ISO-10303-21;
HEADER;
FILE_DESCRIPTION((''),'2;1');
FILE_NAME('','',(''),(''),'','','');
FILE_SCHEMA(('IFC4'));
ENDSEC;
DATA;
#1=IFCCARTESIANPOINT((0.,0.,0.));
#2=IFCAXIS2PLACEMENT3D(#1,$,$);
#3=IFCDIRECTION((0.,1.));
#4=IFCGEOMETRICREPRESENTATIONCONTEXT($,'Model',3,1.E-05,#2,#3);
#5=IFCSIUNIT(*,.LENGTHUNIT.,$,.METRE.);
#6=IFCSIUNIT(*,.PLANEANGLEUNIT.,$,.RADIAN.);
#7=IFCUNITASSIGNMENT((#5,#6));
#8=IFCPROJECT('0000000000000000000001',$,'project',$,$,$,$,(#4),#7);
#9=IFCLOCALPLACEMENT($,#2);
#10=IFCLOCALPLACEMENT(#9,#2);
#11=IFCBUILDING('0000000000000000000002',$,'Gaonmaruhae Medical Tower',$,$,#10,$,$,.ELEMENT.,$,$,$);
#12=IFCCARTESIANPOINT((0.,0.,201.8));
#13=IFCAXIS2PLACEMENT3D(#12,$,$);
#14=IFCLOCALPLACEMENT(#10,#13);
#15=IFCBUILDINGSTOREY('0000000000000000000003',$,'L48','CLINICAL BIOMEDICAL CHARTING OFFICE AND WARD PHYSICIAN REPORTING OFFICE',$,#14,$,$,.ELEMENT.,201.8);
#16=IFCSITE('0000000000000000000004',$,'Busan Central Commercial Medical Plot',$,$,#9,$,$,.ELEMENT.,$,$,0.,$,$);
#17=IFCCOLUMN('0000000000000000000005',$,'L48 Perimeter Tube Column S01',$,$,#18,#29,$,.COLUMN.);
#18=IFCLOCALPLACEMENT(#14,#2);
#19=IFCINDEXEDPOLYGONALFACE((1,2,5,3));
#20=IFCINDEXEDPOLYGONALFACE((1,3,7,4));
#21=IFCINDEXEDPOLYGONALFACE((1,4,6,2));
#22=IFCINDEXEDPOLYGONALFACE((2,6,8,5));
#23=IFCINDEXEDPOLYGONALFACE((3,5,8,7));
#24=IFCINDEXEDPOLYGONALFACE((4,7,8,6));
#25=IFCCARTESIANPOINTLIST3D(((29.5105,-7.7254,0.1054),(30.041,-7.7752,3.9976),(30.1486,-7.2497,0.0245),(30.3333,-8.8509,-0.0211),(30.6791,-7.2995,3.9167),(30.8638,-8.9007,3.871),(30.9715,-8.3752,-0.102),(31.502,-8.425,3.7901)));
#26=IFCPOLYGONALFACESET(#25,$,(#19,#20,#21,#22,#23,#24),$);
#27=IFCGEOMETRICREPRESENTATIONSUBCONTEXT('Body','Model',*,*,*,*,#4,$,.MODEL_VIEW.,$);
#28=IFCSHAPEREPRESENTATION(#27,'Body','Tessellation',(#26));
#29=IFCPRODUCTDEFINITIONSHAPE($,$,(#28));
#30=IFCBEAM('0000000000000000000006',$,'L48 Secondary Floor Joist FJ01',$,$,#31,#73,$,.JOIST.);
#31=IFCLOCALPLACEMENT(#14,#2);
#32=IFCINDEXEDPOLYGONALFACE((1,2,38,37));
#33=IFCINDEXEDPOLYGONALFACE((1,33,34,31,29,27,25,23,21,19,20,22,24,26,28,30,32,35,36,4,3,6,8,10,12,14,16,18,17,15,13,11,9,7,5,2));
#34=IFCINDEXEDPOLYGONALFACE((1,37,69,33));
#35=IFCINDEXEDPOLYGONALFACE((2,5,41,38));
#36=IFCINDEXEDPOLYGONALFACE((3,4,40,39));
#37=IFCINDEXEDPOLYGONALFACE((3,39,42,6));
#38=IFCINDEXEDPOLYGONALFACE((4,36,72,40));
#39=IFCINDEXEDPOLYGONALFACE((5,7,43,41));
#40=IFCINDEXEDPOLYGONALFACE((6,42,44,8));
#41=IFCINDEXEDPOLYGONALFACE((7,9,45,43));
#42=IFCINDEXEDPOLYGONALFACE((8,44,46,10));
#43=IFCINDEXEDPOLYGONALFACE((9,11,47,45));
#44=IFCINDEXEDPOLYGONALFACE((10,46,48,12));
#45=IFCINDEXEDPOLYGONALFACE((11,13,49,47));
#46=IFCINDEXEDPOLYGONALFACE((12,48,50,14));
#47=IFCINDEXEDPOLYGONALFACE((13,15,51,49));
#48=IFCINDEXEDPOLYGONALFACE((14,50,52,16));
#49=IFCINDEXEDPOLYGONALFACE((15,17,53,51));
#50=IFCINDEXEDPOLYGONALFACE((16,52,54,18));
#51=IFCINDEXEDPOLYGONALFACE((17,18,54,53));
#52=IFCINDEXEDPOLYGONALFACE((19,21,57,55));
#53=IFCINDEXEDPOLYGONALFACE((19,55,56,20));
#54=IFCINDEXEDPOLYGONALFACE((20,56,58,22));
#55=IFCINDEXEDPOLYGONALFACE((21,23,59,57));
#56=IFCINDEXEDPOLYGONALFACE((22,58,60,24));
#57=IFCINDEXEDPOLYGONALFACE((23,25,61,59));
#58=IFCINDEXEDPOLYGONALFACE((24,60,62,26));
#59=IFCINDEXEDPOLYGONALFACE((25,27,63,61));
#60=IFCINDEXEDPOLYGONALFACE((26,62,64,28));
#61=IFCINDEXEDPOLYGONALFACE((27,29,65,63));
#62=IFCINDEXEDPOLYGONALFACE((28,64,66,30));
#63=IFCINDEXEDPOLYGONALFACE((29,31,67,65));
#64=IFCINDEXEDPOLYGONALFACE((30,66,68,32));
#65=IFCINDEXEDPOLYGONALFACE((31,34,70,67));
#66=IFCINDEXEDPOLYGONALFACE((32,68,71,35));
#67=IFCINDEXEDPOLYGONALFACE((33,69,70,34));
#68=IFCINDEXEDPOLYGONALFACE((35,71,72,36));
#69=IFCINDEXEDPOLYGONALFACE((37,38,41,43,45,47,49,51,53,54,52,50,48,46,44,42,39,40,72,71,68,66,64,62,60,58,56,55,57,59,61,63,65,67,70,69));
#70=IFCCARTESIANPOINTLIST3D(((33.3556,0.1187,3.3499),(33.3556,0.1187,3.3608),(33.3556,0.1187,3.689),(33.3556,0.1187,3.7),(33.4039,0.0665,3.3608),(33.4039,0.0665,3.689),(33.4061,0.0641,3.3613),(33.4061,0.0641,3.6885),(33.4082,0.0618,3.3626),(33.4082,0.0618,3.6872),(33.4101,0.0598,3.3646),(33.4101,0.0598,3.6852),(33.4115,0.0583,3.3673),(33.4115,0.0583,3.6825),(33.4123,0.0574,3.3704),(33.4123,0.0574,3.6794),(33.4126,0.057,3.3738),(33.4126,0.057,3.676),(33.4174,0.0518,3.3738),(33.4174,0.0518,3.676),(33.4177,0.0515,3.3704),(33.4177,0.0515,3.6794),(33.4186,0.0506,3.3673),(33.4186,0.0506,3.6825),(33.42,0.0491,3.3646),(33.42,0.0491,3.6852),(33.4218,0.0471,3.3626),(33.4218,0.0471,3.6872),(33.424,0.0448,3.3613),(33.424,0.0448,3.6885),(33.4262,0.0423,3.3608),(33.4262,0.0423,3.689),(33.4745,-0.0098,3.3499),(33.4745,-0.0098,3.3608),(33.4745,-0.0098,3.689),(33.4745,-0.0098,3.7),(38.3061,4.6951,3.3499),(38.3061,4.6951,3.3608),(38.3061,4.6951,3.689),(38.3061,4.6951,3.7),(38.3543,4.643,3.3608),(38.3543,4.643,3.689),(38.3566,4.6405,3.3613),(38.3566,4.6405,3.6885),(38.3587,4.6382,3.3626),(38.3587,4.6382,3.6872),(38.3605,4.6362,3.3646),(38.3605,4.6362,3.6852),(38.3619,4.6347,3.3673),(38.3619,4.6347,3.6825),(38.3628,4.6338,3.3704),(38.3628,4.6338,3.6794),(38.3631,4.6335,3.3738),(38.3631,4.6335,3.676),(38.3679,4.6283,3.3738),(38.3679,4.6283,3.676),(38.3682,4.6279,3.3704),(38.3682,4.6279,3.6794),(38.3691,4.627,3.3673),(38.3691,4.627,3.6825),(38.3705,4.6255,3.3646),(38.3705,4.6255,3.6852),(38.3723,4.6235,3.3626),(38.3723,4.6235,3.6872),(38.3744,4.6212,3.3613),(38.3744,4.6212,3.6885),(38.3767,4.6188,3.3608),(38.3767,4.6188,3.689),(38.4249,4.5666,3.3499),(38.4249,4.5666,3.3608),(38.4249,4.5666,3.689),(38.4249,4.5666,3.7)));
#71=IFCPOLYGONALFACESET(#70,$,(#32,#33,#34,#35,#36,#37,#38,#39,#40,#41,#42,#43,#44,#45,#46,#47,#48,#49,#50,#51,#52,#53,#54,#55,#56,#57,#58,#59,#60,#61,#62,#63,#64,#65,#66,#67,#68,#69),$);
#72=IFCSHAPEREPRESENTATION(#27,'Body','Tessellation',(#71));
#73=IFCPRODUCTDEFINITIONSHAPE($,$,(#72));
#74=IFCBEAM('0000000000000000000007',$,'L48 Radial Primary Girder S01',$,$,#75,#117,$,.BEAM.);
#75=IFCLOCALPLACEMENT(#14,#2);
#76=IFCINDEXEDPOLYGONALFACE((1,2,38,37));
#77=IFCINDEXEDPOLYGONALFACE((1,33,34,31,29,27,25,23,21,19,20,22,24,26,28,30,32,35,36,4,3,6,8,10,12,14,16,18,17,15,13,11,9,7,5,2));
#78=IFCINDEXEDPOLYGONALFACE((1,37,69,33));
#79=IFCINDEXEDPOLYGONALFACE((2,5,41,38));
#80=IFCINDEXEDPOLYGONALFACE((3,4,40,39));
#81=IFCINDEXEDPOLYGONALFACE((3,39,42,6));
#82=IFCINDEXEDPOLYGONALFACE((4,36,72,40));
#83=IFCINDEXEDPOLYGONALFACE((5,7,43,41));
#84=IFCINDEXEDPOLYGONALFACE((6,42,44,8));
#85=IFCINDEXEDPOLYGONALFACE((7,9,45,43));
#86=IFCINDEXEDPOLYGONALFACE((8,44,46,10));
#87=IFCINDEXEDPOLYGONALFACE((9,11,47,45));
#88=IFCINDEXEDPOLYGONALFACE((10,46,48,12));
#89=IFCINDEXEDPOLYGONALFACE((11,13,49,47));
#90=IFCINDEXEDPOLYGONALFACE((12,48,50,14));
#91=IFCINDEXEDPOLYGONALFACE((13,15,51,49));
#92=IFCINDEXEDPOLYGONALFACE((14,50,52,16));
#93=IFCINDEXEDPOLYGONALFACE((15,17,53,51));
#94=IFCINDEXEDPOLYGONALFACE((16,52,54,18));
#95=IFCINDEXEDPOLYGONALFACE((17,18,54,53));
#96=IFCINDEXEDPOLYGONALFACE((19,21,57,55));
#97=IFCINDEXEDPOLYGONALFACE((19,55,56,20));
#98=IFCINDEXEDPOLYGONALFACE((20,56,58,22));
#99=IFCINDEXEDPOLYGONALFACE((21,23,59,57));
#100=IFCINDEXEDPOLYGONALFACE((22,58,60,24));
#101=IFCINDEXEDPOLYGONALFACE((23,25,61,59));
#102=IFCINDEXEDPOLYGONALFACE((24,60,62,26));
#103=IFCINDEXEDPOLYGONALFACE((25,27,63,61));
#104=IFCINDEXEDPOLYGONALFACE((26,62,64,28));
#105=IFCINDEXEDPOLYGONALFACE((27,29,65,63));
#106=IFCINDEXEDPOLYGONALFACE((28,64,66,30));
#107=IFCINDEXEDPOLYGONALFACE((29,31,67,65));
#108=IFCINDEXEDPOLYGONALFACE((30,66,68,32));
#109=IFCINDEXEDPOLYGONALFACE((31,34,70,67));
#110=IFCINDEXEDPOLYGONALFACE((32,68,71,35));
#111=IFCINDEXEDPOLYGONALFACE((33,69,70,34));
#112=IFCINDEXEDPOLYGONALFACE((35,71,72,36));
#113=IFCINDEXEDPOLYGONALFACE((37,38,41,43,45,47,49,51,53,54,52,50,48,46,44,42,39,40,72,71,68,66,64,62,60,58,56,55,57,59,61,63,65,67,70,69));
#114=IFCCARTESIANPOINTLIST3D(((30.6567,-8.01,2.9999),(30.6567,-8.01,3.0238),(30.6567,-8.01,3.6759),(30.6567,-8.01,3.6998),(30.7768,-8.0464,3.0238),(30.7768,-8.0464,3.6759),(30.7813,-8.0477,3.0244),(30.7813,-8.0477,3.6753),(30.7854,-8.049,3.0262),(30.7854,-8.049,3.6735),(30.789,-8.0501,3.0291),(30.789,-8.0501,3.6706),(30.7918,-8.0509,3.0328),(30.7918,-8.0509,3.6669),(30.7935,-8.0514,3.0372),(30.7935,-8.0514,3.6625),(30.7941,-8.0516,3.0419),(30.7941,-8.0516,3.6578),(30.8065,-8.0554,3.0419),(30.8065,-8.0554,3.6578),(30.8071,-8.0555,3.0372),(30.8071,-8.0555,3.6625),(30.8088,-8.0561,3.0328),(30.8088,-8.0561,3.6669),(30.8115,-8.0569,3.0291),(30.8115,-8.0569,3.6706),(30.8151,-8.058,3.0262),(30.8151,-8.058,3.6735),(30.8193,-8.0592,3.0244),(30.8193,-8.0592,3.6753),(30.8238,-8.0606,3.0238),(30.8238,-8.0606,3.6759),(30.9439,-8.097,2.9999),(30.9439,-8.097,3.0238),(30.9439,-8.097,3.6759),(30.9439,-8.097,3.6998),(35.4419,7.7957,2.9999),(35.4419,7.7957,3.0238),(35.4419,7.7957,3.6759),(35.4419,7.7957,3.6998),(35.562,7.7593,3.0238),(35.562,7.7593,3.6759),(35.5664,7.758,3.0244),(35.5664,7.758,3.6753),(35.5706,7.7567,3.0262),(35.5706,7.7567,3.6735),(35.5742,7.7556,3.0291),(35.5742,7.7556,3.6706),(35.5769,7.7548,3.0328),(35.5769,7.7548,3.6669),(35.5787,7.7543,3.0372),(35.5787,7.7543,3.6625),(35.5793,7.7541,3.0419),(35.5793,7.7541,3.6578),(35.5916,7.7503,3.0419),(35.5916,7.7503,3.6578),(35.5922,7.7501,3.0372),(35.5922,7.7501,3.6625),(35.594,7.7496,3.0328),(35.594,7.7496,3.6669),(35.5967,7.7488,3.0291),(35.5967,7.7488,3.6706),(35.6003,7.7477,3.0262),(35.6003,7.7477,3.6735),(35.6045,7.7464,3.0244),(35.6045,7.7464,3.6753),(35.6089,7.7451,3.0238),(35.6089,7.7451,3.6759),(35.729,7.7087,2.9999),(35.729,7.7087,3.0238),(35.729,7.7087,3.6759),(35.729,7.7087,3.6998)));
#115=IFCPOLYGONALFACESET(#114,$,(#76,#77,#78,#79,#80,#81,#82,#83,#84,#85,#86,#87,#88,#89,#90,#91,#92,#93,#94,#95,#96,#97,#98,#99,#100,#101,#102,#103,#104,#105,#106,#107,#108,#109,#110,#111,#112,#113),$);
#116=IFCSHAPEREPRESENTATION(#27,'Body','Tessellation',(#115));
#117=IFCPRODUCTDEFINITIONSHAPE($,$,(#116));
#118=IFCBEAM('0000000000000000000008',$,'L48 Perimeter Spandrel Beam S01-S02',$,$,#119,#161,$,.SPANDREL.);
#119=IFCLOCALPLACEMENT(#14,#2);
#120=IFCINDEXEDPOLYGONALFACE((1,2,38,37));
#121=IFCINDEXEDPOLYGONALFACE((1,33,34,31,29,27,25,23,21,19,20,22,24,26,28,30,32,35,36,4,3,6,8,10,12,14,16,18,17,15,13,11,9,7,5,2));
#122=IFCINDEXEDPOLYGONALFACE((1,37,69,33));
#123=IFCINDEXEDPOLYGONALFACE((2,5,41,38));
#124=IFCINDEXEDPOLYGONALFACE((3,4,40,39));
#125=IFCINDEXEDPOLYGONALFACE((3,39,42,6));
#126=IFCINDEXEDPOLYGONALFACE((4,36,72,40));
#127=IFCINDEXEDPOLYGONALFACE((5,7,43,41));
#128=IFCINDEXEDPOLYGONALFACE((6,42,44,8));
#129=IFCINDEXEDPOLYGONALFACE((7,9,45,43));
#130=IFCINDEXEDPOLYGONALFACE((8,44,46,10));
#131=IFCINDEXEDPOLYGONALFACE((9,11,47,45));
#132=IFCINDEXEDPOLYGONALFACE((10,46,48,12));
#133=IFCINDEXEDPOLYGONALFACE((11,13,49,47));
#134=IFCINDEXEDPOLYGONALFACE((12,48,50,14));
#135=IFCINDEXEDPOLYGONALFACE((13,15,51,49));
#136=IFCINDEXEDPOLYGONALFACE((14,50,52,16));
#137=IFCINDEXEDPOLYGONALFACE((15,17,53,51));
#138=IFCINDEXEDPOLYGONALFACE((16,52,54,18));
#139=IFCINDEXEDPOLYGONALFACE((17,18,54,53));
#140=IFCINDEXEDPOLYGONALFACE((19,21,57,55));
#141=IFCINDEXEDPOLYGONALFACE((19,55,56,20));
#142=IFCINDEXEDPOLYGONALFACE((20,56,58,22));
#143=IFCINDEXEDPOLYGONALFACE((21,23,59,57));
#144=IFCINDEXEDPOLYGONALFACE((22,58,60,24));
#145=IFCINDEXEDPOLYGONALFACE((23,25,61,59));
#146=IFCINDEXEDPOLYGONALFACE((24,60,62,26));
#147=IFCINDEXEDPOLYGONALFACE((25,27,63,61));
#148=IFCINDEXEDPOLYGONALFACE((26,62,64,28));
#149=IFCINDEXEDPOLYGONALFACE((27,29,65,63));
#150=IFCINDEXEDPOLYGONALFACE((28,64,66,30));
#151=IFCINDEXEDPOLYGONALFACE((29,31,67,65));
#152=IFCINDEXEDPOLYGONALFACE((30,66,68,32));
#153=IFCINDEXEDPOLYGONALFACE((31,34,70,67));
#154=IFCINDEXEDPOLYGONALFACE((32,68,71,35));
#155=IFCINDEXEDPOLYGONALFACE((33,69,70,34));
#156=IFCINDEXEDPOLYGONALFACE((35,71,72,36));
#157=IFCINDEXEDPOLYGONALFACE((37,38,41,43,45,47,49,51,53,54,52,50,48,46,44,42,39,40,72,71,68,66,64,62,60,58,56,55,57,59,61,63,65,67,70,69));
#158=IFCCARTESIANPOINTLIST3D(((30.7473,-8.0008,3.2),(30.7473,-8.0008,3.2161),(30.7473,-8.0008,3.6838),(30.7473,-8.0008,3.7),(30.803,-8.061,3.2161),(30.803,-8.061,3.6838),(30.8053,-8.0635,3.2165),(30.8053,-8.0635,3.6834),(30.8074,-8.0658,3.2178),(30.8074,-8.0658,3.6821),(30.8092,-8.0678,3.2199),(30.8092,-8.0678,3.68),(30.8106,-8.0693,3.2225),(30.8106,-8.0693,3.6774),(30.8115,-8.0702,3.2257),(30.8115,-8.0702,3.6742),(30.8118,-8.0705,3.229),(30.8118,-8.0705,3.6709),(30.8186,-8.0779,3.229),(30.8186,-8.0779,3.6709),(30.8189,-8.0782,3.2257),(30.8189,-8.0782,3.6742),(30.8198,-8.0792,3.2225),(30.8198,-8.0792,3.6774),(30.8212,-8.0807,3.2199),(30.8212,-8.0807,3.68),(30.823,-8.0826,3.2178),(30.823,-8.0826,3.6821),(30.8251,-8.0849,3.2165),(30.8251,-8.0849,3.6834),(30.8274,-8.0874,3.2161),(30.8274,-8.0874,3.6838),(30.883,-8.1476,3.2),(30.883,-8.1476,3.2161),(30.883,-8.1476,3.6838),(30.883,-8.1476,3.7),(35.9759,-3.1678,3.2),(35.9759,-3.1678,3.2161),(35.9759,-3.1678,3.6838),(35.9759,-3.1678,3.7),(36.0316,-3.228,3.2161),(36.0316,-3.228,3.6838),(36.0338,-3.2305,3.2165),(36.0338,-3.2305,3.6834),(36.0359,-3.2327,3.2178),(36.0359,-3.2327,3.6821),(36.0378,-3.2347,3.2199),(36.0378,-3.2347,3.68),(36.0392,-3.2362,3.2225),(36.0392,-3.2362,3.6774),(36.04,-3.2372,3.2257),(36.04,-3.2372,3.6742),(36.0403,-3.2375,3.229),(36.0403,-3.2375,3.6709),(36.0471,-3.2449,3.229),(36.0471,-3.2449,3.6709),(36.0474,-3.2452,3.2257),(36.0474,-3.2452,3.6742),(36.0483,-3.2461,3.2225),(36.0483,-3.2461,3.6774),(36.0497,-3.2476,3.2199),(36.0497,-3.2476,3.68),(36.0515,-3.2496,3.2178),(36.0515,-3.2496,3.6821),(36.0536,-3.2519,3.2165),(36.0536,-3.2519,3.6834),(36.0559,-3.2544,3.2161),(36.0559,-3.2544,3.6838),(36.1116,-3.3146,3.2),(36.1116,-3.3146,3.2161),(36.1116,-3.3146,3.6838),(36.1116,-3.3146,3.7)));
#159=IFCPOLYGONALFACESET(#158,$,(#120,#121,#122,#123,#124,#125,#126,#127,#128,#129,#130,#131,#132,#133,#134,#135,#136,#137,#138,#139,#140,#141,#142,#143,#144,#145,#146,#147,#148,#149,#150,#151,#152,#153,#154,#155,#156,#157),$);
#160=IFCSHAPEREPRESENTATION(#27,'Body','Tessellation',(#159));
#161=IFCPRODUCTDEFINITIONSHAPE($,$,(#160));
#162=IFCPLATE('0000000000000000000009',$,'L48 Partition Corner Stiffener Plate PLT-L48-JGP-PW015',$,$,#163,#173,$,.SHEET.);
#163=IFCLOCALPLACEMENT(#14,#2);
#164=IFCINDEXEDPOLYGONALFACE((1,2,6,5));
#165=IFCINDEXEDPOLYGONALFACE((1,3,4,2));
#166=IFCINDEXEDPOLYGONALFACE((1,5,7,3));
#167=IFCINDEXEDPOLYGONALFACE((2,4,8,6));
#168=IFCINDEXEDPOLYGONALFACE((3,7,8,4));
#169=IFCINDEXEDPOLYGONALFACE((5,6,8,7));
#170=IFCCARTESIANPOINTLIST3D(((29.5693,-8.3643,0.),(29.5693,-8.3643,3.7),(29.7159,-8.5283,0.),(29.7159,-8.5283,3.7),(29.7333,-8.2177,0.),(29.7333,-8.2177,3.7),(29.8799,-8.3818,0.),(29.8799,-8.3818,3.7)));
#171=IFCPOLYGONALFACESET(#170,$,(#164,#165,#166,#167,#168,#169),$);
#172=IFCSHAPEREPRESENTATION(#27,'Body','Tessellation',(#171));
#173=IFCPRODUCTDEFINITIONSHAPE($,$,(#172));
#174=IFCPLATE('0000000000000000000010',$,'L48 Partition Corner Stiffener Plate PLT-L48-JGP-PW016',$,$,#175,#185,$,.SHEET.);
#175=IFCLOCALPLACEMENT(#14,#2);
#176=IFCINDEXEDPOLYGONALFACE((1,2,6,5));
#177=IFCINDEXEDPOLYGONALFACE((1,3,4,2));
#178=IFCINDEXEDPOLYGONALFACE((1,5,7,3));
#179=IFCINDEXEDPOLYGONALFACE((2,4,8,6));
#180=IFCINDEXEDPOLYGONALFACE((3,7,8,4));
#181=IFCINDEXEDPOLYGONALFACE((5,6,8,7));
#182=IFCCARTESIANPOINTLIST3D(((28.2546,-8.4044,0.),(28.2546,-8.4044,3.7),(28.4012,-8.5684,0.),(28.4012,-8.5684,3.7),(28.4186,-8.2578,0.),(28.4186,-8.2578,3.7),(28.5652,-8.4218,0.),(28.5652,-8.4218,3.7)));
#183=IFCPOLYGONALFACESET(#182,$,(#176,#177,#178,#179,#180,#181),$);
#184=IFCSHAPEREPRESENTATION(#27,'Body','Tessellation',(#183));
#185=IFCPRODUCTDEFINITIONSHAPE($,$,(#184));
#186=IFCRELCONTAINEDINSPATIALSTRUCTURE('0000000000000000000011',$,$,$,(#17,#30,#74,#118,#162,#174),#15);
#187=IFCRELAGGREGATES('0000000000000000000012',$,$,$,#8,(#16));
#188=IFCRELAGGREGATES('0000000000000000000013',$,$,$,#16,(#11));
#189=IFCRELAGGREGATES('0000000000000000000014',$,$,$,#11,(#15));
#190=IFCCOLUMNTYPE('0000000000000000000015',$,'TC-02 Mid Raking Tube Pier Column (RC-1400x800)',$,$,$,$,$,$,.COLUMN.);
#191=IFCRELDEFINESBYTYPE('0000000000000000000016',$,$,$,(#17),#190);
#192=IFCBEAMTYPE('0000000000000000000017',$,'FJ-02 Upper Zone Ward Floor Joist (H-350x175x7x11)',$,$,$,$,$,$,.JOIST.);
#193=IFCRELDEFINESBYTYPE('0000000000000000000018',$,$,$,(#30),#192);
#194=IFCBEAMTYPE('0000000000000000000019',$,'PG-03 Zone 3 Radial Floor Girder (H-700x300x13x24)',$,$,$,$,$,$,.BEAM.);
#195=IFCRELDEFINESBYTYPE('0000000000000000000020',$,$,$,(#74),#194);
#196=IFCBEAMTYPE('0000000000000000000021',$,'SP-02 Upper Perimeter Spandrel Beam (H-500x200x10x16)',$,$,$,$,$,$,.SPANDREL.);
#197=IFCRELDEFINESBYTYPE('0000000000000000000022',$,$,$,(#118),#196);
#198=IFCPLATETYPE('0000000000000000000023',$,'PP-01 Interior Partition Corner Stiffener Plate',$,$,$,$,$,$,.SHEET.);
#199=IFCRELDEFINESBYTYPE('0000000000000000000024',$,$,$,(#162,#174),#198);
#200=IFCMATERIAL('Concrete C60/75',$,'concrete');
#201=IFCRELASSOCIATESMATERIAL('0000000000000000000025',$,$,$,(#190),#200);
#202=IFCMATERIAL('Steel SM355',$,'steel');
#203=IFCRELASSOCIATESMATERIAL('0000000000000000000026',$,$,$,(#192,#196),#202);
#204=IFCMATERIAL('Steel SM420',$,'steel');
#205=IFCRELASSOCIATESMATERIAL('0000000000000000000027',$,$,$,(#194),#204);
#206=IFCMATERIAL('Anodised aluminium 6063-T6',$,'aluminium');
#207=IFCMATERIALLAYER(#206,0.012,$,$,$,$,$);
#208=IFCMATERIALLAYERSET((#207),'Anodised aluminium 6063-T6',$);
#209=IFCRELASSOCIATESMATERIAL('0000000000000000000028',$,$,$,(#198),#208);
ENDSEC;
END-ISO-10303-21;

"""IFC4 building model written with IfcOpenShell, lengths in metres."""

from ifc_helpers import new_model, si_unit, direction, frame, origin, origin_2d, place, context, subcontext, project, spatial, rectangle, i_section, extrude, material, layer, layer_set, material_profile, profile_set, type_object, element, save


model = new_model("IFC4")

# Units and contexts
model_context = context("Model", 3, precision=1e-05, world=origin(), true_north=direction((0.0, 1.0)))
body_context = subcontext(model_context, "Body", "Model", "MODEL_VIEW")
ifc_project = project(units=[si_unit("LENGTHUNIT", "METRE"), si_unit("PLANEANGLEUNIT", "RADIAN")], contexts=[model_context])

# Site, building, storey
site_placement = place(None, origin())
site = spatial("IfcSite", under=ifc_project, at=site_placement, Name="Busan Central Commercial Medical Plot", CompositionType="ELEMENT", RefElevation=0.0)
building_placement = place(site_placement, origin())
building = spatial("IfcBuilding", under=site, at=building_placement, Name="Gaonmaruhae Medical Tower", CompositionType="ELEMENT")
storey_placement = place(building_placement, frame((0.0, 0.0, 201.8)))
storey = spatial("IfcBuildingStorey", under=building, at=storey_placement, Name="L48", Description="CLINICAL BIOMEDICAL CHARTING OFFICE AND WARD PHYSICIAN REPORTING OFFICE", CompositionType="ELEMENT", Elevation=201.8)

# Column
ifc_material_1 = material(Name="Concrete C60/75", Category="concrete")
ifc_material_profile_1 = material_profile(ifc_material_1, rectangle(XDim=1.3999, YDim=0.8, at=origin_2d()), Name="RC-1400x800")
ifc_profile_set_1 = profile_set([ifc_material_profile_1], Name="Concrete C60/75")
column_type = type_object("IfcColumnType", Name="TC-02 Mid Raking Tube Pier Column (RC-1400x800)", PredefinedType="COLUMN", material=ifc_profile_set_1)
column_placement = place(storey_placement, frame((30.241, -8.0503, 0.0017), z_axis=(0.135047, -0.012678, 0.990758), x_axis=(-0.587803, 0.803936, 0.090409)))
element("IfcColumn", 1, at=column_placement, inside=storey, type_object=column_type, Name="L48 Perimeter Tube Column S01", PredefinedType="COLUMN", context=body_context, shape_type="SweptSolid", body=[
    extrude(rectangle(XDim=1.3999, YDim=0.8, at=origin_2d()), origin(), (0.0, 0.0, 1.0), 3.9285),
])

# Beams
ifc_material_2 = material(Name="Steel SM355", Category="steel")
ifc_material_profile_2 = material_profile(ifc_material_2, i_section(OverallWidth=0.175, OverallDepth=0.3501, WebThickness=0.0071, FlangeThickness=0.011, FilletRadius=0.0129, at=origin_2d()), Name="H-350x175x7x11")
ifc_profile_set_2 = profile_set([ifc_material_profile_2], Name="Steel SM355")
beam_type_1 = type_object("IfcBeamType", Name="FJ-02 Upper Zone Ward Floor Joist (H-350x175x7x11)", PredefinedType="JOIST", material=ifc_profile_set_2)
beam_1_placement = place(storey_placement, frame((33.415, 0.0544, 3.5249), z_axis=(0.734302, 0.678823, 0.0), x_axis=(-0.678823, 0.734302, 0.0)))
element("IfcBeam", 2, at=beam_1_placement, inside=storey, type_object=beam_type_1, Name="L48 Secondary Floor Joist FJ01", PredefinedType="JOIST", context=body_context, shape_type="SweptSolid", body=[
    extrude(i_section(OverallWidth=0.175, OverallDepth=0.3501, WebThickness=0.0071, FlangeThickness=0.011, FilletRadius=0.0129, at=origin_2d()), origin(), (0.0, 0.0, 1.0), 6.7417),
])
ifc_material_3 = material(Name="Steel SM420", Category="steel")
ifc_material_profile_3 = material_profile(ifc_material_3, i_section(OverallWidth=0.3, OverallDepth=0.7, WebThickness=0.0129, FlangeThickness=0.0239, FilletRadius=0.0181, at=origin_2d()), Name="H-700x300x13x24")
ifc_profile_set_3 = profile_set([ifc_material_profile_3], Name="Steel SM420")
beam_type_2 = type_object("IfcBeamType", Name="PG-03 Zone 3 Radial Floor Girder (H-700x300x13x24)", PredefinedType="BEAM", material=ifc_profile_set_3)
beam_2_placement = place(storey_placement, frame((35.5854, 7.7522, 3.3499), z_axis=(-0.289761, -0.957099, 0.0), x_axis=(0.957099, -0.289761, 0.0)))
element("IfcBeam", 3, at=beam_2_placement, inside=storey, type_object=beam_type_2, Name="L48 Radial Primary Girder S01", PredefinedType="BEAM", context=body_context, shape_type="SweptSolid", body=[
    extrude(i_section(OverallWidth=0.3, OverallDepth=0.7, WebThickness=0.0129, FlangeThickness=0.0239, FilletRadius=0.0181, at=origin_2d()), origin(), (0.0, 0.0, 1.0), 16.5142),
])
ifc_material_profile_4 = material_profile(ifc_material_2, i_section(OverallWidth=0.2, OverallDepth=0.5, WebThickness=0.01, FlangeThickness=0.0161, FilletRadius=0.0129, at=origin_2d()), Name="H-500x200x10x16")
ifc_profile_set_4 = profile_set([ifc_material_profile_4], Name="Steel SM355")
beam_type_3 = type_object("IfcBeamType", Name="SP-02 Upper Perimeter Spandrel Beam (H-500x200x10x16)", PredefinedType="SPANDREL", material=ifc_profile_set_4)
beam_3_placement = place(storey_placement, frame((30.8152, -8.0742, 3.45), z_axis=(0.734335, 0.678787, 0.0), x_axis=(-0.678787, 0.734335, 0.0)))
element("IfcBeam", 4, at=beam_3_placement, inside=storey, type_object=beam_type_3, Name="L48 Perimeter Spandrel Beam S01-S02", PredefinedType="SPANDREL", context=body_context, shape_type="SweptSolid", body=[
    extrude(i_section(OverallWidth=0.2, OverallDepth=0.5, WebThickness=0.01, FlangeThickness=0.0161, FilletRadius=0.0129, at=origin_2d()), origin(), (0.0, 0.0, 1.0), 7.1201),
])

# Plates
ifc_material_4 = material(Name="Anodised aluminium 6063-T6", Category="aluminium")
ifc_layer_1 = layer(ifc_material_4, 0.012)
ifc_layer_set_1 = layer_set([ifc_layer_1], Name="Anodised aluminium 6063-T6")
plate_type = type_object("IfcPlateType", Name="PP-01 Interior Partition Corner Stiffener Plate", PredefinedType="SHEET", material=ifc_layer_set_1)
for number, where, z_axis, x_axis, name in (
    (5, (29.7246, -8.373, 0.0), (0.0, 0.0, 1.0), (-0.666311, 0.745674, 0.0), "L48 Partition Corner Stiffener Plate PLT-L48-JGP-PW015"),
    (6, (28.4099, -8.4131, 0.0), (0.0, 0.0, 1.0), (-0.745511, -0.666493, 0.0), "L48 Partition Corner Stiffener Plate PLT-L48-JGP-PW016"),
):
    element("IfcPlate", number, at=place(storey_placement, frame(where, z_axis=z_axis, x_axis=x_axis)), inside=storey, type_object=plate_type, Name=name, PredefinedType="SHEET", context=body_context, shape_type="SweptSolid", body=[
        extrude(rectangle(XDim=0.22, YDim=0.22, at=origin_2d()), origin(), (0.0, 0.0, 1.0), 3.7),
    ])

save(model, "model.ifc")
